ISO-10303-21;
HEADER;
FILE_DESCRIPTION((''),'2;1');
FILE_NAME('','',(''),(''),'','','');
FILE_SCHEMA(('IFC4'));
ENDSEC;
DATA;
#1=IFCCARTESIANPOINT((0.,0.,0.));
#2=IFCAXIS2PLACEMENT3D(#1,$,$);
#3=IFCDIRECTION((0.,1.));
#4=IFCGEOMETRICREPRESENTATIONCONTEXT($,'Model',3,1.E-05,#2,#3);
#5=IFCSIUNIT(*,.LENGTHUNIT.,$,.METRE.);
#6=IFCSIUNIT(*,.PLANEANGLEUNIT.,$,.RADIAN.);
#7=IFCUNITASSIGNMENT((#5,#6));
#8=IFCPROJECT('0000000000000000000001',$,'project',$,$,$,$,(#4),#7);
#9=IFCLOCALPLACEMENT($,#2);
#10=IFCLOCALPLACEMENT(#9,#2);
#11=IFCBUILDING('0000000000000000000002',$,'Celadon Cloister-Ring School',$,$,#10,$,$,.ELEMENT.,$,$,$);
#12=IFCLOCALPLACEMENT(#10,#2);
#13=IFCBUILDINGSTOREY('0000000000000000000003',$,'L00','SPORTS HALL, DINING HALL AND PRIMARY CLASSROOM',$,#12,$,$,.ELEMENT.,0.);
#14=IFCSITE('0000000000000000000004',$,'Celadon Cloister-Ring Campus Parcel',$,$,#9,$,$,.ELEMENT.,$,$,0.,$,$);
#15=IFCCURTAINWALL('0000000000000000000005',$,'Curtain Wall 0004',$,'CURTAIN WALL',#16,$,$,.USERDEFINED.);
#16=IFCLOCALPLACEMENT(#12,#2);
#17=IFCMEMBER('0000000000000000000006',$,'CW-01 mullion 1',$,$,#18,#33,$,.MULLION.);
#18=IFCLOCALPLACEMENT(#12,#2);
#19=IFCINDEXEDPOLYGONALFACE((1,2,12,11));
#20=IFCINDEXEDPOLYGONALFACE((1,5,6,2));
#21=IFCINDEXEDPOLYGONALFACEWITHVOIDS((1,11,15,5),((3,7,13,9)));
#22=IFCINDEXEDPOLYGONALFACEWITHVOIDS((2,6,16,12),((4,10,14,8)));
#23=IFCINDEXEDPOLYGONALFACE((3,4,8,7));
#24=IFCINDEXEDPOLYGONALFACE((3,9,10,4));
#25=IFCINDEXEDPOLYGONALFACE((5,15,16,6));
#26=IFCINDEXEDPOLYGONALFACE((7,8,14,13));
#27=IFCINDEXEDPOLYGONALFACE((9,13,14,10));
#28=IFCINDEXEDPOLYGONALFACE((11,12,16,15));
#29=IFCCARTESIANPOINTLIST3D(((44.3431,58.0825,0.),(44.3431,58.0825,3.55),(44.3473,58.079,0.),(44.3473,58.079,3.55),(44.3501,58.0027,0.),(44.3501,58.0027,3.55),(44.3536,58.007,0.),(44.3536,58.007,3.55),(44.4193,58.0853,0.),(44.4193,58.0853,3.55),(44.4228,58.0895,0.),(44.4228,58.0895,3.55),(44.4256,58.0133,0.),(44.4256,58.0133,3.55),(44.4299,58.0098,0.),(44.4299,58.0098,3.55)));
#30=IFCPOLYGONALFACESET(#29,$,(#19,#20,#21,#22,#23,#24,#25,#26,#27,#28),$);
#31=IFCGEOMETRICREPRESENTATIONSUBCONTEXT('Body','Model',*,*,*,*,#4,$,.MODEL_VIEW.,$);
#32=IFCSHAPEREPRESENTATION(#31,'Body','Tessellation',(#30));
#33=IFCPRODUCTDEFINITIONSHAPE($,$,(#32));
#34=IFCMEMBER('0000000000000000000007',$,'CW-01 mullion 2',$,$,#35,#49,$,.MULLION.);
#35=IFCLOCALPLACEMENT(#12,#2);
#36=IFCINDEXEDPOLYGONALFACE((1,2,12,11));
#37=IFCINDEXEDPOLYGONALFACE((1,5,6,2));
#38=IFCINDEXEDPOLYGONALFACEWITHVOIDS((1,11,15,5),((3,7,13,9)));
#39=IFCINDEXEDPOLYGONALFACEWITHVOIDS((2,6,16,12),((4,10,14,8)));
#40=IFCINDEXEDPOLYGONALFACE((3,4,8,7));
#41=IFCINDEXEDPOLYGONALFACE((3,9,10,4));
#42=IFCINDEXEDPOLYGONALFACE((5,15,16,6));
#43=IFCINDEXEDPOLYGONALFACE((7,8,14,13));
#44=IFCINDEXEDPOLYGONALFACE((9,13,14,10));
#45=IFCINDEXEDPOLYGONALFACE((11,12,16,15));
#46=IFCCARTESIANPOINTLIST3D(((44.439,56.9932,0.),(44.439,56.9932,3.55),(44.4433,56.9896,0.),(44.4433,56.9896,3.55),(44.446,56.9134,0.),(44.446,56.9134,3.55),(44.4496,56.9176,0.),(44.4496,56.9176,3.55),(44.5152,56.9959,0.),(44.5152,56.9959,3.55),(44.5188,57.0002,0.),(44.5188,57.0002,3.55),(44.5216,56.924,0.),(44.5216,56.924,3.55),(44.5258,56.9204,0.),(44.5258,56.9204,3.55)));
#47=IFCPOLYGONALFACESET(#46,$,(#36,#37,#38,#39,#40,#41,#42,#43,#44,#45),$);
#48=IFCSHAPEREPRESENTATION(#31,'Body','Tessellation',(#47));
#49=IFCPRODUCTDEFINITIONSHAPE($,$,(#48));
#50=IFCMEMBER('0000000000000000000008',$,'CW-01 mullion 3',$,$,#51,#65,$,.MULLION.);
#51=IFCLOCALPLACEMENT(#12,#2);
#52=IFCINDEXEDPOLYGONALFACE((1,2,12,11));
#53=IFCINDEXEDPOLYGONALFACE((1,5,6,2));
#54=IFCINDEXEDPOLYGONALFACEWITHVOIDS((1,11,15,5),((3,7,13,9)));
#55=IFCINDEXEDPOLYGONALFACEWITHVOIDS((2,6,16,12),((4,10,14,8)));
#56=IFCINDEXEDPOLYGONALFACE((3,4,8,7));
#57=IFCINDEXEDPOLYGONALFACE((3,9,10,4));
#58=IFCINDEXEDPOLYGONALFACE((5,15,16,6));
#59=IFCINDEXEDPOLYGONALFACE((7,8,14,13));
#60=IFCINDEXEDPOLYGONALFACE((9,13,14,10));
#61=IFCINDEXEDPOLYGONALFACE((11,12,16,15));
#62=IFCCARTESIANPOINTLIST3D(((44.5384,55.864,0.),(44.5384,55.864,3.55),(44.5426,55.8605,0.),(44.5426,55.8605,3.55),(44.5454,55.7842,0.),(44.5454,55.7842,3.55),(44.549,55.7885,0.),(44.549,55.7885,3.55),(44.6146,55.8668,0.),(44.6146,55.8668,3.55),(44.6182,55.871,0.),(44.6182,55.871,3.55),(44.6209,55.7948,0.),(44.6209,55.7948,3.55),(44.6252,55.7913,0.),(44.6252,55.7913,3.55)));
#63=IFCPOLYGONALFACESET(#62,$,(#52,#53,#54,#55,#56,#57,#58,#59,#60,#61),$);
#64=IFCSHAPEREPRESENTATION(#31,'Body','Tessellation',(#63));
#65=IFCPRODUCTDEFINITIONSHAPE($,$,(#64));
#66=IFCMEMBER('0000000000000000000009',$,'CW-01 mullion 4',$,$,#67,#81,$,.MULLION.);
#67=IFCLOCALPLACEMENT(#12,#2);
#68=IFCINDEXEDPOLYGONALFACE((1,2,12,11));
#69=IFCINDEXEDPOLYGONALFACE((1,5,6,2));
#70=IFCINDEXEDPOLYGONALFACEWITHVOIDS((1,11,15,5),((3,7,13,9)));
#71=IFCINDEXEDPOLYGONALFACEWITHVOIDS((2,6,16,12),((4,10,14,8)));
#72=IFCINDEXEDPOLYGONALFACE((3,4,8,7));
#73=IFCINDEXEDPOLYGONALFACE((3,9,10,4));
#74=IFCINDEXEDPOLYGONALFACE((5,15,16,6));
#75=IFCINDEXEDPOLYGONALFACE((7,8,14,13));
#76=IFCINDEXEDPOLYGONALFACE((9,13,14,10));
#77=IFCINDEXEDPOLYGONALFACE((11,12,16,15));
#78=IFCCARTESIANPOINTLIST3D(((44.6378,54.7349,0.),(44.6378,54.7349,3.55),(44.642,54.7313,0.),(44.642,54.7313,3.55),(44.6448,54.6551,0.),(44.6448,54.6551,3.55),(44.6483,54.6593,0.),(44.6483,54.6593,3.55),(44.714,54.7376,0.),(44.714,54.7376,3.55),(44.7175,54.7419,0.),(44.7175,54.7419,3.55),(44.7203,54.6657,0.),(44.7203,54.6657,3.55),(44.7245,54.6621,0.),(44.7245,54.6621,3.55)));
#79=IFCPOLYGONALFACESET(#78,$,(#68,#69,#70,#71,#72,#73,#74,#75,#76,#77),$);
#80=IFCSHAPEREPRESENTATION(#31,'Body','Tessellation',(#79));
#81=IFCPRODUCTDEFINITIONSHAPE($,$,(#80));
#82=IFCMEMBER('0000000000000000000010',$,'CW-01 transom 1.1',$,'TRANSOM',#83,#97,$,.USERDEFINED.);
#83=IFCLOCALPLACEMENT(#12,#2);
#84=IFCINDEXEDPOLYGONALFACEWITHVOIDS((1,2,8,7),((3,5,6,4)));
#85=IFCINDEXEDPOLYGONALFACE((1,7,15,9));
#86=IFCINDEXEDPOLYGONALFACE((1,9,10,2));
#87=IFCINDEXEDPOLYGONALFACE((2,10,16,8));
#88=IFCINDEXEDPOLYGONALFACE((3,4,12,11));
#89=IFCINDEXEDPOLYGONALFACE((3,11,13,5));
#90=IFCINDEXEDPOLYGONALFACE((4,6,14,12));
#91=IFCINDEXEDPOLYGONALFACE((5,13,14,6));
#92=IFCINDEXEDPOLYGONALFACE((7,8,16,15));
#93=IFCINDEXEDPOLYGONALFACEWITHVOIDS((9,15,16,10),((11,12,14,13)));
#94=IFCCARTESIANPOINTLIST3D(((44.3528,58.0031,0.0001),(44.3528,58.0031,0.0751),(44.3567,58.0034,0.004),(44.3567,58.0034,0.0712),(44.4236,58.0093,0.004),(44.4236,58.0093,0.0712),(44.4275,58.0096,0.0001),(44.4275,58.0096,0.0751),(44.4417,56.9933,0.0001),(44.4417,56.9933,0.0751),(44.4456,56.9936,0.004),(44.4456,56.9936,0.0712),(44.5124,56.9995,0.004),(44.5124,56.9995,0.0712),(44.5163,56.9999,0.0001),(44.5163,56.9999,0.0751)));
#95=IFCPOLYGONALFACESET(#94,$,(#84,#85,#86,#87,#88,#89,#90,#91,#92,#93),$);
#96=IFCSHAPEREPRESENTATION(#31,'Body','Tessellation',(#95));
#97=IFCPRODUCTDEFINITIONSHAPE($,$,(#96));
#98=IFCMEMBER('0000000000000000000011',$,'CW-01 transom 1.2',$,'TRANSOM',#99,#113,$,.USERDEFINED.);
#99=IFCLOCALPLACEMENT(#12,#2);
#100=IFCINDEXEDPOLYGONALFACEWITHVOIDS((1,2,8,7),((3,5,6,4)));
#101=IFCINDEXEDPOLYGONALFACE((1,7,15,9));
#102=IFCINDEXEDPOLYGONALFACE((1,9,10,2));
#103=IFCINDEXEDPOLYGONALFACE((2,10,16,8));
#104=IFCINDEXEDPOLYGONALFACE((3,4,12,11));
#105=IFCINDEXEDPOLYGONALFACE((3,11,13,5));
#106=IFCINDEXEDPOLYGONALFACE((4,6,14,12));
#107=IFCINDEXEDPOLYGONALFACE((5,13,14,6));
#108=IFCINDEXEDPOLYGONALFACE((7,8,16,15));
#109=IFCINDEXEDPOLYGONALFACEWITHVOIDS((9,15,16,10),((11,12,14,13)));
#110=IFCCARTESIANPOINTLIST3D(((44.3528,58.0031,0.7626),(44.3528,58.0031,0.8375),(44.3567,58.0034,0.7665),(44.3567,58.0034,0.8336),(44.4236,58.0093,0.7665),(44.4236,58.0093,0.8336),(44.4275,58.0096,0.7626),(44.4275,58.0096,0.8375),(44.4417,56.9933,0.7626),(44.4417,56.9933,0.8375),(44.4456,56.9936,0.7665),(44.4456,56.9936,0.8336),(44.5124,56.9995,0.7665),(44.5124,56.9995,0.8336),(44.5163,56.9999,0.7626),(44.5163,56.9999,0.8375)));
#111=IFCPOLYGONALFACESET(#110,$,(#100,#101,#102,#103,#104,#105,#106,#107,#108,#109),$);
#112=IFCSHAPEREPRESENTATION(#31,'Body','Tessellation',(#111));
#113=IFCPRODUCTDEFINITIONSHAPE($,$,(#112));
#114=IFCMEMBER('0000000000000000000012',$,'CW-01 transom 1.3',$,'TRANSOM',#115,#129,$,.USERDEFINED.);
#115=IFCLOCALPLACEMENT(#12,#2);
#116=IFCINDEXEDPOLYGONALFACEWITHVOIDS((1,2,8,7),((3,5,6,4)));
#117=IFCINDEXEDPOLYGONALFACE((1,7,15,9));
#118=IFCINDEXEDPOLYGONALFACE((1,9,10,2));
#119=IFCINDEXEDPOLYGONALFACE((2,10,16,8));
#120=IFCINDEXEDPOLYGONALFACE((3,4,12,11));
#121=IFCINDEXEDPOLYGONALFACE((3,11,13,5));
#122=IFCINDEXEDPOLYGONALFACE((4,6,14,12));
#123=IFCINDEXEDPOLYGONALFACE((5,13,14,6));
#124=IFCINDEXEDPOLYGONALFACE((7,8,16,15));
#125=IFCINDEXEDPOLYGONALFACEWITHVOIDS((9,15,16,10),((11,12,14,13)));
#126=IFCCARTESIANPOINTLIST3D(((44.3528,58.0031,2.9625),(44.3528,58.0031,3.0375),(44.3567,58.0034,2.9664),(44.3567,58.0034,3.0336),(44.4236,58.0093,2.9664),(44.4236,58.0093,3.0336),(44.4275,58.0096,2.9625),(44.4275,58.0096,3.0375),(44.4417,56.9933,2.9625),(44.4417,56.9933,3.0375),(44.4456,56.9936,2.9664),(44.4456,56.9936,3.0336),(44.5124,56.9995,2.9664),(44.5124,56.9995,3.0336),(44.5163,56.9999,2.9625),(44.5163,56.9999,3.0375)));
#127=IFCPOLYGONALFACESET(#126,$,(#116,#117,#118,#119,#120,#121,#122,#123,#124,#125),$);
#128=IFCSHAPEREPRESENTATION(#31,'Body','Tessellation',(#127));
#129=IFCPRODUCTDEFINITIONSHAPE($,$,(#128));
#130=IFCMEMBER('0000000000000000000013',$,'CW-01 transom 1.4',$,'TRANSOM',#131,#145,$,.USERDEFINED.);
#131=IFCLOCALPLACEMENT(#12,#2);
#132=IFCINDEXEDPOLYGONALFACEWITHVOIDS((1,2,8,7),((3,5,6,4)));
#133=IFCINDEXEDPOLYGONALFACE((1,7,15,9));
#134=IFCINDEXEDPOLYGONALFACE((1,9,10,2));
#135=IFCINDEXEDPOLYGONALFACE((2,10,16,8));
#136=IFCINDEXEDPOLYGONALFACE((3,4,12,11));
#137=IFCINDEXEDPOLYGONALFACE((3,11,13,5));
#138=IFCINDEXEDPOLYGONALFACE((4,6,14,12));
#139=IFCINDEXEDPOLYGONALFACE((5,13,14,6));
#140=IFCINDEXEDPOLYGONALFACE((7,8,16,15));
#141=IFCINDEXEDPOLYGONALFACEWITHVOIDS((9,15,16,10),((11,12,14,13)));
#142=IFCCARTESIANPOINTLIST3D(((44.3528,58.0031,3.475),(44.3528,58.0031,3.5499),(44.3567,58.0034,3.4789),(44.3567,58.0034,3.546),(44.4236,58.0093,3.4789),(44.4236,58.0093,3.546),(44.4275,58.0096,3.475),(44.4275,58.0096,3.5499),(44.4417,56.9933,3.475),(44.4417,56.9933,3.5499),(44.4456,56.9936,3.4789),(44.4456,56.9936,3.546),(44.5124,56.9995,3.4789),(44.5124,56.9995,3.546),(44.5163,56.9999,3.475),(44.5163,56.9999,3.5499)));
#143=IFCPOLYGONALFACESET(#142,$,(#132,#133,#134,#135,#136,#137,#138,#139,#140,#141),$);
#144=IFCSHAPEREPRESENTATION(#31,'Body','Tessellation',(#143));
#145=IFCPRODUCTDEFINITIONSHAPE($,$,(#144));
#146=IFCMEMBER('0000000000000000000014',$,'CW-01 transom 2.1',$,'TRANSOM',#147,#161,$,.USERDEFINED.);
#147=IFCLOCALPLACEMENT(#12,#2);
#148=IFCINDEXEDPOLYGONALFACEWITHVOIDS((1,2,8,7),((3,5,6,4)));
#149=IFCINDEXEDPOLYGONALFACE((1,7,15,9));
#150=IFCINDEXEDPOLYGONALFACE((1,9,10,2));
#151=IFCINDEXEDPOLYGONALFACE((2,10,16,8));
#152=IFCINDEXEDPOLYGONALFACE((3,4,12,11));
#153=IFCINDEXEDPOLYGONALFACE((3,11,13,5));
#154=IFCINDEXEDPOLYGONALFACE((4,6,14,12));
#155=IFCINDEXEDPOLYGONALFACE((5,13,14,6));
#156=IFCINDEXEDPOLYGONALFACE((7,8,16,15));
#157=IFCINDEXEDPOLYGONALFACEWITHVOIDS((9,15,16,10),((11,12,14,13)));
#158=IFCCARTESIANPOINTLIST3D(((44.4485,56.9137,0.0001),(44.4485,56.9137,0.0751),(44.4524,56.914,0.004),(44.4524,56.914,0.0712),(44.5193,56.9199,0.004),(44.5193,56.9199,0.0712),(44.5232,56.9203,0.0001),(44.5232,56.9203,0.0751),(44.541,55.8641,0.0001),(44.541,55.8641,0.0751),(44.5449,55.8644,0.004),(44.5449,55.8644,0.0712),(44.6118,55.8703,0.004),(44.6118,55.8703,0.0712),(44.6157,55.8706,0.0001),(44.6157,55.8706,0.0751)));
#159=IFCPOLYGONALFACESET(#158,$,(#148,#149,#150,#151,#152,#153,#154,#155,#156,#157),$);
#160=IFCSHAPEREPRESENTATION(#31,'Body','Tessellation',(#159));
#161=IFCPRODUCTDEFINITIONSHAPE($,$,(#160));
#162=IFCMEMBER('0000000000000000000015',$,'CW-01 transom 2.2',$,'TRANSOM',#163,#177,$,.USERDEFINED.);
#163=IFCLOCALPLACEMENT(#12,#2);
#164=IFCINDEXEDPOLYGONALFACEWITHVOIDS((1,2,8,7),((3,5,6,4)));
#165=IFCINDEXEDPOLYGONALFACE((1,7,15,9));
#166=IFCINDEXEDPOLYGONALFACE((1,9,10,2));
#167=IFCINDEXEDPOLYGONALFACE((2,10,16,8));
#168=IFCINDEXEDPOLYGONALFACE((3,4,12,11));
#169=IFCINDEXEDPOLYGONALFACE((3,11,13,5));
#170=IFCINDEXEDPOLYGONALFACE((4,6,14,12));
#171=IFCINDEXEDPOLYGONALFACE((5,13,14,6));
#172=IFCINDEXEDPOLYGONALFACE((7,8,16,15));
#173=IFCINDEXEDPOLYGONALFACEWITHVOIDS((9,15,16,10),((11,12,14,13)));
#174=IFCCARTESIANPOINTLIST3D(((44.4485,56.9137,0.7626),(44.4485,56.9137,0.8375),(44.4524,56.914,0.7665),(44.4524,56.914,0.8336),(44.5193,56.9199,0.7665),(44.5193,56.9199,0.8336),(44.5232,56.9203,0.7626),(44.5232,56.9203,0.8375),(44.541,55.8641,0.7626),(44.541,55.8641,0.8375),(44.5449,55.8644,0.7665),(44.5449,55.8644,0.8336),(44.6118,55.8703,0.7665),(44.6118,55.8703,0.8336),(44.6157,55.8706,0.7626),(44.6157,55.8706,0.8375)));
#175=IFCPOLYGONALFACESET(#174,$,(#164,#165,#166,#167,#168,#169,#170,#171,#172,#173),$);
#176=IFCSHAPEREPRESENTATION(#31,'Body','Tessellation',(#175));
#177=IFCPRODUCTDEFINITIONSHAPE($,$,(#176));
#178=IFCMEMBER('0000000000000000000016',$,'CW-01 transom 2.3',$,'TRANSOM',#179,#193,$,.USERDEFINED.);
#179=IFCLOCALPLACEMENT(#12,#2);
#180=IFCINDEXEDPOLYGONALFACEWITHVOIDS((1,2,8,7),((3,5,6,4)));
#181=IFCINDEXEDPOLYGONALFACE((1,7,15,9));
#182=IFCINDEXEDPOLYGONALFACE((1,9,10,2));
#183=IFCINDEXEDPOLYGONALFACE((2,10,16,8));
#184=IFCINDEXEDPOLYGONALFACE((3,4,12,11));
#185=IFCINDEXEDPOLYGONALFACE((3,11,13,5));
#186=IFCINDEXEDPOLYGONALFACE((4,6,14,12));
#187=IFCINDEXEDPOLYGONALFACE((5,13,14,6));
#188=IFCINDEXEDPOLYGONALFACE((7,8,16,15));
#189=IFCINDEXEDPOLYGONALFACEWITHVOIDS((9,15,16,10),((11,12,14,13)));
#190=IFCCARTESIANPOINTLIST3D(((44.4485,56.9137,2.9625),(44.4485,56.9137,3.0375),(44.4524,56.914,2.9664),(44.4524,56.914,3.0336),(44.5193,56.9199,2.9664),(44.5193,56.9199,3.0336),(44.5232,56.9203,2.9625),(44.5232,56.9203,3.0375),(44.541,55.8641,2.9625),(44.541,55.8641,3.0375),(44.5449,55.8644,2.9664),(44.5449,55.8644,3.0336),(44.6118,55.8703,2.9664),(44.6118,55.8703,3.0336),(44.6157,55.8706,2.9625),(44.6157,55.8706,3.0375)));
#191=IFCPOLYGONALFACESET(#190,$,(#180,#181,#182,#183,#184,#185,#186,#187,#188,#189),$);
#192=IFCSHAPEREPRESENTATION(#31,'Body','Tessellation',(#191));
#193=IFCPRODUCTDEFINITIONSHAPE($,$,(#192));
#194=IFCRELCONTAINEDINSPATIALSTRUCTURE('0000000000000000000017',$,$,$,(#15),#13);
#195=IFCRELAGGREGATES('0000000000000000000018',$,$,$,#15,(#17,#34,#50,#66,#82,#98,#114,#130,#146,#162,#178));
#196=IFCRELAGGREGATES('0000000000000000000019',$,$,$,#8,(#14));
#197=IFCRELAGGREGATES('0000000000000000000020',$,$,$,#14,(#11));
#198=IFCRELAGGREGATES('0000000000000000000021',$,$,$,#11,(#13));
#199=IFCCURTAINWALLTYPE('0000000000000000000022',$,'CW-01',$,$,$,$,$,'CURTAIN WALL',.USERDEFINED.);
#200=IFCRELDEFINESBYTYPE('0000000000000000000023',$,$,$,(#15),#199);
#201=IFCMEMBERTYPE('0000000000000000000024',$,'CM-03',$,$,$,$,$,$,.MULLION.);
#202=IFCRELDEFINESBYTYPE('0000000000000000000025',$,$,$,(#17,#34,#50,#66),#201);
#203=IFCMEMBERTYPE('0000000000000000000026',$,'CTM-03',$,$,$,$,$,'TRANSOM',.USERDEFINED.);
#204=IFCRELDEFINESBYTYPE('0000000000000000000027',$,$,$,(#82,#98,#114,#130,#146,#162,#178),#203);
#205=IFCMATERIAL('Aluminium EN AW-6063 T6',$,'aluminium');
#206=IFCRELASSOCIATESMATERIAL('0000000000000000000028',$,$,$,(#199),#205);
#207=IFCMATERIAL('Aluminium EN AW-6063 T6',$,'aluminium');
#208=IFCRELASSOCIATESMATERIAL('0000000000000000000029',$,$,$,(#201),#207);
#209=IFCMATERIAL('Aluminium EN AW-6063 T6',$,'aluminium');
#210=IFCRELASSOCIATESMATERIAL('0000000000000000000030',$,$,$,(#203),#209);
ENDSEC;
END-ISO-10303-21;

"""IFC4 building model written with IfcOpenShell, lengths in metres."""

from ifc_helpers import new_model, si_unit, direction, frame, origin, origin_2d, place, context, subcontext, project, spatial, hollow_rectangle, extrude, material, material_profile, profile_set, type_object, element, aggregate, save


model = new_model("IFC4")

# Units and contexts
model_context = context("Model", 3, precision=1e-05, world=origin(), true_north=direction((0.0, 1.0)))
body_context = subcontext(model_context, "Body", "Model", "MODEL_VIEW")
ifc_project = project(units=[si_unit("LENGTHUNIT", "METRE"), si_unit("PLANEANGLEUNIT", "RADIAN")], contexts=[model_context])

# Site, building, storey
site_placement = place(None, origin())
site = spatial("IfcSite", under=ifc_project, at=site_placement, Name="Celadon Cloister-Ring Campus Parcel", CompositionType="ELEMENT", RefElevation=0.0)
building_placement = place(site_placement, origin())
building = spatial("IfcBuilding", under=site, at=building_placement, Name="Celadon Cloister-Ring School", CompositionType="ELEMENT")
storey_placement = place(building_placement, origin())
storey = spatial("IfcBuildingStorey", under=building, at=storey_placement, Name="L00", Description="SPORTS HALL, DINING HALL AND PRIMARY CLASSROOM", CompositionType="ELEMENT", Elevation=0.0)

# Curtain wall, members
ifc_material_1 = material(Name="Aluminium EN AW-6063 T6", Category="aluminium")
curtain_wall_type = type_object("IfcCurtainWallType", Name="CW-01", ElementType="CURTAIN WALL", PredefinedType="USERDEFINED", material=ifc_material_1)
curtain_wall_placement = place(storey_placement, origin())
curtain_wall = element("IfcCurtainWall", 1, at=curtain_wall_placement, inside=storey, type_object=curtain_wall_type, Name="Curtain Wall 0004", ObjectType="CURTAIN WALL", PredefinedType="USERDEFINED")
ifc_material_2 = material(Name="Aluminium EN AW-6063 T6", Category="aluminium")
ifc_material_profile_1 = material_profile(ifc_material_2, hollow_rectangle(XDim=0.0801, YDim=0.0801, WallThickness=0.0039, at=origin_2d()), Name="RHS80X80X4")
ifc_profile_set_1 = profile_set([ifc_material_profile_1], Name="Aluminium EN AW-6063 T6")
member_type_1 = type_object("IfcMemberType", Name="CM-03", PredefinedType="MULLION", material=ifc_profile_set_1)
member_1_placement = place(storey_placement, frame((44.3865, 58.0461, 0.0), z_axis=(0.0, 0.0, 1.0), x_axis=(0.996148, 0.087688, 0.0)))
member_1 = element("IfcMember", 2, at=member_1_placement, type_object=member_type_1, Name="CW-01 mullion 1", PredefinedType="MULLION", context=body_context, shape_type="SweptSolid", body=[
    extrude(hollow_rectangle(XDim=0.0801, YDim=0.0801, WallThickness=0.0039, at=origin_2d()), origin(), (0.0, 0.0, 1.0), 3.55),
])
member_2_placement = place(storey_placement, frame((44.4824, 56.9568, 0.0), z_axis=(0.0, 0.0, 1.0), x_axis=(0.996148, 0.087688, 0.0)))
member_2 = element("IfcMember", 3, at=member_2_placement, type_object=member_type_1, Name="CW-01 mullion 2", PredefinedType="MULLION", context=body_context, shape_type="SweptSolid", body=[
    extrude(hollow_rectangle(XDim=0.0801, YDim=0.0801, WallThickness=0.0039, at=origin_2d()), origin(), (0.0, 0.0, 1.0), 3.55),
])
member_3_placement = place(storey_placement, frame((44.5818, 55.8276, 0.0), z_axis=(0.0, 0.0, 1.0), x_axis=(0.996148, 0.087688, 0.0)))
member_3 = element("IfcMember", 4, at=member_3_placement, type_object=member_type_1, Name="CW-01 mullion 3", PredefinedType="MULLION", context=body_context, shape_type="SweptSolid", body=[
    extrude(hollow_rectangle(XDim=0.0801, YDim=0.0801, WallThickness=0.0039, at=origin_2d()), origin(), (0.0, 0.0, 1.0), 3.55),
])
member_4_placement = place(storey_placement, frame((44.6812, 54.6985, 0.0), z_axis=(0.0, 0.0, 1.0), x_axis=(0.996148, 0.087688, 0.0)))
member_4 = element("IfcMember", 5, at=member_4_placement, type_object=member_type_1, Name="CW-01 mullion 4", PredefinedType="MULLION", context=body_context, shape_type="SweptSolid", body=[
    extrude(hollow_rectangle(XDim=0.0801, YDim=0.0801, WallThickness=0.0039, at=origin_2d()), origin(), (0.0, 0.0, 1.0), 3.55),
])
ifc_material_3 = material(Name="Aluminium EN AW-6063 T6", Category="aluminium")
ifc_material_profile_2 = material_profile(ifc_material_3, hollow_rectangle(XDim=0.075, YDim=0.075, WallThickness=0.0039, at=origin_2d()), Name="RHS75X75X4")
ifc_profile_set_2 = profile_set([ifc_material_profile_2], Name="Aluminium EN AW-6063 T6")
member_type_2 = type_object("IfcMemberType", Name="CTM-03", ElementType="TRANSOM", PredefinedType="USERDEFINED", material=ifc_profile_set_2)
member_5_placement = place(storey_placement, frame((44.3901, 58.0063, 0.0376), z_axis=(0.087669, -0.99615, 0.0), x_axis=(0.99615, 0.087669, 0.0)))
member_5 = element("IfcMember", 6, at=member_5_placement, type_object=member_type_2, Name="CW-01 transom 1.1", ObjectType="TRANSOM", PredefinedType="USERDEFINED", context=body_context, shape_type="SweptSolid", body=[
    extrude(hollow_rectangle(XDim=0.075, YDim=0.075, WallThickness=0.0039, at=origin_2d()), origin(), (0.0, 0.0, 1.0), 1.0137),
])
member_6_placement = place(storey_placement, frame((44.3901, 58.0063, 0.8), z_axis=(0.087669, -0.99615, 0.0), x_axis=(0.99615, 0.087669, 0.0)))
member_6 = element("IfcMember", 7, at=member_6_placement, type_object=member_type_2, Name="CW-01 transom 1.2", ObjectType="TRANSOM", PredefinedType="USERDEFINED", context=body_context, shape_type="SweptSolid", body=[
    extrude(hollow_rectangle(XDim=0.075, YDim=0.075, WallThickness=0.0039, at=origin_2d()), origin(), (0.0, 0.0, 1.0), 1.0137),
])
member_7_placement = place(storey_placement, frame((44.3901, 58.0063, 3.0), z_axis=(0.087669, -0.99615, 0.0), x_axis=(0.99615, 0.087669, 0.0)))
member_7 = element("IfcMember", 8, at=member_7_placement, type_object=member_type_2, Name="CW-01 transom 1.3", ObjectType="TRANSOM", PredefinedType="USERDEFINED", context=body_context, shape_type="SweptSolid", body=[
    extrude(hollow_rectangle(XDim=0.075, YDim=0.075, WallThickness=0.0039, at=origin_2d()), origin(), (0.0, 0.0, 1.0), 1.0137),
])
member_8_placement = place(storey_placement, frame((44.3901, 58.0063, 3.5125), z_axis=(0.087669, -0.99615, 0.0), x_axis=(0.99615, 0.087669, 0.0)))
member_8 = element("IfcMember", 9, at=member_8_placement, type_object=member_type_2, Name="CW-01 transom 1.4", ObjectType="TRANSOM", PredefinedType="USERDEFINED", context=body_context, shape_type="SweptSolid", body=[
    extrude(hollow_rectangle(XDim=0.075, YDim=0.075, WallThickness=0.0039, at=origin_2d()), origin(), (0.0, 0.0, 1.0), 1.0137),
])
member_9_placement = place(storey_placement, frame((44.4858, 56.917, 0.0376), z_axis=(0.087819, -0.996136, 0.0), x_axis=(0.996136, 0.087819, 0.0)))
member_9 = element("IfcMember", 10, at=member_9_placement, type_object=member_type_2, Name="CW-01 transom 2.1", ObjectType="TRANSOM", PredefinedType="USERDEFINED", context=body_context, shape_type="SweptSolid", body=[
    extrude(hollow_rectangle(XDim=0.075, YDim=0.075, WallThickness=0.0039, at=origin_2d()), origin(), (0.0, 0.0, 1.0), 1.0537),
])
member_10_placement = place(storey_placement, frame((44.4858, 56.917, 0.8), z_axis=(0.087819, -0.996136, 0.0), x_axis=(0.996136, 0.087819, 0.0)))
member_10 = element("IfcMember", 11, at=member_10_placement, type_object=member_type_2, Name="CW-01 transom 2.2", ObjectType="TRANSOM", PredefinedType="USERDEFINED", context=body_context, shape_type="SweptSolid", body=[
    extrude(hollow_rectangle(XDim=0.075, YDim=0.075, WallThickness=0.0039, at=origin_2d()), origin(), (0.0, 0.0, 1.0), 1.0537),
])
member_11_placement = place(storey_placement, frame((44.4858, 56.917, 3.0), z_axis=(0.087819, -0.996136, 0.0), x_axis=(0.996136, 0.087819, 0.0)))
member_11 = element("IfcMember", 12, at=member_11_placement, type_object=member_type_2, Name="CW-01 transom 2.3", ObjectType="TRANSOM", PredefinedType="USERDEFINED", context=body_context, shape_type="SweptSolid", body=[
    extrude(hollow_rectangle(XDim=0.075, YDim=0.075, WallThickness=0.0039, at=origin_2d()), origin(), (0.0, 0.0, 1.0), 1.0537),
])

aggregate(curtain_wall, [member_1, member_2, member_3, member_4, member_5, member_6, member_7, member_8, member_9, member_10, member_11])

save(model, "model.ifc")
